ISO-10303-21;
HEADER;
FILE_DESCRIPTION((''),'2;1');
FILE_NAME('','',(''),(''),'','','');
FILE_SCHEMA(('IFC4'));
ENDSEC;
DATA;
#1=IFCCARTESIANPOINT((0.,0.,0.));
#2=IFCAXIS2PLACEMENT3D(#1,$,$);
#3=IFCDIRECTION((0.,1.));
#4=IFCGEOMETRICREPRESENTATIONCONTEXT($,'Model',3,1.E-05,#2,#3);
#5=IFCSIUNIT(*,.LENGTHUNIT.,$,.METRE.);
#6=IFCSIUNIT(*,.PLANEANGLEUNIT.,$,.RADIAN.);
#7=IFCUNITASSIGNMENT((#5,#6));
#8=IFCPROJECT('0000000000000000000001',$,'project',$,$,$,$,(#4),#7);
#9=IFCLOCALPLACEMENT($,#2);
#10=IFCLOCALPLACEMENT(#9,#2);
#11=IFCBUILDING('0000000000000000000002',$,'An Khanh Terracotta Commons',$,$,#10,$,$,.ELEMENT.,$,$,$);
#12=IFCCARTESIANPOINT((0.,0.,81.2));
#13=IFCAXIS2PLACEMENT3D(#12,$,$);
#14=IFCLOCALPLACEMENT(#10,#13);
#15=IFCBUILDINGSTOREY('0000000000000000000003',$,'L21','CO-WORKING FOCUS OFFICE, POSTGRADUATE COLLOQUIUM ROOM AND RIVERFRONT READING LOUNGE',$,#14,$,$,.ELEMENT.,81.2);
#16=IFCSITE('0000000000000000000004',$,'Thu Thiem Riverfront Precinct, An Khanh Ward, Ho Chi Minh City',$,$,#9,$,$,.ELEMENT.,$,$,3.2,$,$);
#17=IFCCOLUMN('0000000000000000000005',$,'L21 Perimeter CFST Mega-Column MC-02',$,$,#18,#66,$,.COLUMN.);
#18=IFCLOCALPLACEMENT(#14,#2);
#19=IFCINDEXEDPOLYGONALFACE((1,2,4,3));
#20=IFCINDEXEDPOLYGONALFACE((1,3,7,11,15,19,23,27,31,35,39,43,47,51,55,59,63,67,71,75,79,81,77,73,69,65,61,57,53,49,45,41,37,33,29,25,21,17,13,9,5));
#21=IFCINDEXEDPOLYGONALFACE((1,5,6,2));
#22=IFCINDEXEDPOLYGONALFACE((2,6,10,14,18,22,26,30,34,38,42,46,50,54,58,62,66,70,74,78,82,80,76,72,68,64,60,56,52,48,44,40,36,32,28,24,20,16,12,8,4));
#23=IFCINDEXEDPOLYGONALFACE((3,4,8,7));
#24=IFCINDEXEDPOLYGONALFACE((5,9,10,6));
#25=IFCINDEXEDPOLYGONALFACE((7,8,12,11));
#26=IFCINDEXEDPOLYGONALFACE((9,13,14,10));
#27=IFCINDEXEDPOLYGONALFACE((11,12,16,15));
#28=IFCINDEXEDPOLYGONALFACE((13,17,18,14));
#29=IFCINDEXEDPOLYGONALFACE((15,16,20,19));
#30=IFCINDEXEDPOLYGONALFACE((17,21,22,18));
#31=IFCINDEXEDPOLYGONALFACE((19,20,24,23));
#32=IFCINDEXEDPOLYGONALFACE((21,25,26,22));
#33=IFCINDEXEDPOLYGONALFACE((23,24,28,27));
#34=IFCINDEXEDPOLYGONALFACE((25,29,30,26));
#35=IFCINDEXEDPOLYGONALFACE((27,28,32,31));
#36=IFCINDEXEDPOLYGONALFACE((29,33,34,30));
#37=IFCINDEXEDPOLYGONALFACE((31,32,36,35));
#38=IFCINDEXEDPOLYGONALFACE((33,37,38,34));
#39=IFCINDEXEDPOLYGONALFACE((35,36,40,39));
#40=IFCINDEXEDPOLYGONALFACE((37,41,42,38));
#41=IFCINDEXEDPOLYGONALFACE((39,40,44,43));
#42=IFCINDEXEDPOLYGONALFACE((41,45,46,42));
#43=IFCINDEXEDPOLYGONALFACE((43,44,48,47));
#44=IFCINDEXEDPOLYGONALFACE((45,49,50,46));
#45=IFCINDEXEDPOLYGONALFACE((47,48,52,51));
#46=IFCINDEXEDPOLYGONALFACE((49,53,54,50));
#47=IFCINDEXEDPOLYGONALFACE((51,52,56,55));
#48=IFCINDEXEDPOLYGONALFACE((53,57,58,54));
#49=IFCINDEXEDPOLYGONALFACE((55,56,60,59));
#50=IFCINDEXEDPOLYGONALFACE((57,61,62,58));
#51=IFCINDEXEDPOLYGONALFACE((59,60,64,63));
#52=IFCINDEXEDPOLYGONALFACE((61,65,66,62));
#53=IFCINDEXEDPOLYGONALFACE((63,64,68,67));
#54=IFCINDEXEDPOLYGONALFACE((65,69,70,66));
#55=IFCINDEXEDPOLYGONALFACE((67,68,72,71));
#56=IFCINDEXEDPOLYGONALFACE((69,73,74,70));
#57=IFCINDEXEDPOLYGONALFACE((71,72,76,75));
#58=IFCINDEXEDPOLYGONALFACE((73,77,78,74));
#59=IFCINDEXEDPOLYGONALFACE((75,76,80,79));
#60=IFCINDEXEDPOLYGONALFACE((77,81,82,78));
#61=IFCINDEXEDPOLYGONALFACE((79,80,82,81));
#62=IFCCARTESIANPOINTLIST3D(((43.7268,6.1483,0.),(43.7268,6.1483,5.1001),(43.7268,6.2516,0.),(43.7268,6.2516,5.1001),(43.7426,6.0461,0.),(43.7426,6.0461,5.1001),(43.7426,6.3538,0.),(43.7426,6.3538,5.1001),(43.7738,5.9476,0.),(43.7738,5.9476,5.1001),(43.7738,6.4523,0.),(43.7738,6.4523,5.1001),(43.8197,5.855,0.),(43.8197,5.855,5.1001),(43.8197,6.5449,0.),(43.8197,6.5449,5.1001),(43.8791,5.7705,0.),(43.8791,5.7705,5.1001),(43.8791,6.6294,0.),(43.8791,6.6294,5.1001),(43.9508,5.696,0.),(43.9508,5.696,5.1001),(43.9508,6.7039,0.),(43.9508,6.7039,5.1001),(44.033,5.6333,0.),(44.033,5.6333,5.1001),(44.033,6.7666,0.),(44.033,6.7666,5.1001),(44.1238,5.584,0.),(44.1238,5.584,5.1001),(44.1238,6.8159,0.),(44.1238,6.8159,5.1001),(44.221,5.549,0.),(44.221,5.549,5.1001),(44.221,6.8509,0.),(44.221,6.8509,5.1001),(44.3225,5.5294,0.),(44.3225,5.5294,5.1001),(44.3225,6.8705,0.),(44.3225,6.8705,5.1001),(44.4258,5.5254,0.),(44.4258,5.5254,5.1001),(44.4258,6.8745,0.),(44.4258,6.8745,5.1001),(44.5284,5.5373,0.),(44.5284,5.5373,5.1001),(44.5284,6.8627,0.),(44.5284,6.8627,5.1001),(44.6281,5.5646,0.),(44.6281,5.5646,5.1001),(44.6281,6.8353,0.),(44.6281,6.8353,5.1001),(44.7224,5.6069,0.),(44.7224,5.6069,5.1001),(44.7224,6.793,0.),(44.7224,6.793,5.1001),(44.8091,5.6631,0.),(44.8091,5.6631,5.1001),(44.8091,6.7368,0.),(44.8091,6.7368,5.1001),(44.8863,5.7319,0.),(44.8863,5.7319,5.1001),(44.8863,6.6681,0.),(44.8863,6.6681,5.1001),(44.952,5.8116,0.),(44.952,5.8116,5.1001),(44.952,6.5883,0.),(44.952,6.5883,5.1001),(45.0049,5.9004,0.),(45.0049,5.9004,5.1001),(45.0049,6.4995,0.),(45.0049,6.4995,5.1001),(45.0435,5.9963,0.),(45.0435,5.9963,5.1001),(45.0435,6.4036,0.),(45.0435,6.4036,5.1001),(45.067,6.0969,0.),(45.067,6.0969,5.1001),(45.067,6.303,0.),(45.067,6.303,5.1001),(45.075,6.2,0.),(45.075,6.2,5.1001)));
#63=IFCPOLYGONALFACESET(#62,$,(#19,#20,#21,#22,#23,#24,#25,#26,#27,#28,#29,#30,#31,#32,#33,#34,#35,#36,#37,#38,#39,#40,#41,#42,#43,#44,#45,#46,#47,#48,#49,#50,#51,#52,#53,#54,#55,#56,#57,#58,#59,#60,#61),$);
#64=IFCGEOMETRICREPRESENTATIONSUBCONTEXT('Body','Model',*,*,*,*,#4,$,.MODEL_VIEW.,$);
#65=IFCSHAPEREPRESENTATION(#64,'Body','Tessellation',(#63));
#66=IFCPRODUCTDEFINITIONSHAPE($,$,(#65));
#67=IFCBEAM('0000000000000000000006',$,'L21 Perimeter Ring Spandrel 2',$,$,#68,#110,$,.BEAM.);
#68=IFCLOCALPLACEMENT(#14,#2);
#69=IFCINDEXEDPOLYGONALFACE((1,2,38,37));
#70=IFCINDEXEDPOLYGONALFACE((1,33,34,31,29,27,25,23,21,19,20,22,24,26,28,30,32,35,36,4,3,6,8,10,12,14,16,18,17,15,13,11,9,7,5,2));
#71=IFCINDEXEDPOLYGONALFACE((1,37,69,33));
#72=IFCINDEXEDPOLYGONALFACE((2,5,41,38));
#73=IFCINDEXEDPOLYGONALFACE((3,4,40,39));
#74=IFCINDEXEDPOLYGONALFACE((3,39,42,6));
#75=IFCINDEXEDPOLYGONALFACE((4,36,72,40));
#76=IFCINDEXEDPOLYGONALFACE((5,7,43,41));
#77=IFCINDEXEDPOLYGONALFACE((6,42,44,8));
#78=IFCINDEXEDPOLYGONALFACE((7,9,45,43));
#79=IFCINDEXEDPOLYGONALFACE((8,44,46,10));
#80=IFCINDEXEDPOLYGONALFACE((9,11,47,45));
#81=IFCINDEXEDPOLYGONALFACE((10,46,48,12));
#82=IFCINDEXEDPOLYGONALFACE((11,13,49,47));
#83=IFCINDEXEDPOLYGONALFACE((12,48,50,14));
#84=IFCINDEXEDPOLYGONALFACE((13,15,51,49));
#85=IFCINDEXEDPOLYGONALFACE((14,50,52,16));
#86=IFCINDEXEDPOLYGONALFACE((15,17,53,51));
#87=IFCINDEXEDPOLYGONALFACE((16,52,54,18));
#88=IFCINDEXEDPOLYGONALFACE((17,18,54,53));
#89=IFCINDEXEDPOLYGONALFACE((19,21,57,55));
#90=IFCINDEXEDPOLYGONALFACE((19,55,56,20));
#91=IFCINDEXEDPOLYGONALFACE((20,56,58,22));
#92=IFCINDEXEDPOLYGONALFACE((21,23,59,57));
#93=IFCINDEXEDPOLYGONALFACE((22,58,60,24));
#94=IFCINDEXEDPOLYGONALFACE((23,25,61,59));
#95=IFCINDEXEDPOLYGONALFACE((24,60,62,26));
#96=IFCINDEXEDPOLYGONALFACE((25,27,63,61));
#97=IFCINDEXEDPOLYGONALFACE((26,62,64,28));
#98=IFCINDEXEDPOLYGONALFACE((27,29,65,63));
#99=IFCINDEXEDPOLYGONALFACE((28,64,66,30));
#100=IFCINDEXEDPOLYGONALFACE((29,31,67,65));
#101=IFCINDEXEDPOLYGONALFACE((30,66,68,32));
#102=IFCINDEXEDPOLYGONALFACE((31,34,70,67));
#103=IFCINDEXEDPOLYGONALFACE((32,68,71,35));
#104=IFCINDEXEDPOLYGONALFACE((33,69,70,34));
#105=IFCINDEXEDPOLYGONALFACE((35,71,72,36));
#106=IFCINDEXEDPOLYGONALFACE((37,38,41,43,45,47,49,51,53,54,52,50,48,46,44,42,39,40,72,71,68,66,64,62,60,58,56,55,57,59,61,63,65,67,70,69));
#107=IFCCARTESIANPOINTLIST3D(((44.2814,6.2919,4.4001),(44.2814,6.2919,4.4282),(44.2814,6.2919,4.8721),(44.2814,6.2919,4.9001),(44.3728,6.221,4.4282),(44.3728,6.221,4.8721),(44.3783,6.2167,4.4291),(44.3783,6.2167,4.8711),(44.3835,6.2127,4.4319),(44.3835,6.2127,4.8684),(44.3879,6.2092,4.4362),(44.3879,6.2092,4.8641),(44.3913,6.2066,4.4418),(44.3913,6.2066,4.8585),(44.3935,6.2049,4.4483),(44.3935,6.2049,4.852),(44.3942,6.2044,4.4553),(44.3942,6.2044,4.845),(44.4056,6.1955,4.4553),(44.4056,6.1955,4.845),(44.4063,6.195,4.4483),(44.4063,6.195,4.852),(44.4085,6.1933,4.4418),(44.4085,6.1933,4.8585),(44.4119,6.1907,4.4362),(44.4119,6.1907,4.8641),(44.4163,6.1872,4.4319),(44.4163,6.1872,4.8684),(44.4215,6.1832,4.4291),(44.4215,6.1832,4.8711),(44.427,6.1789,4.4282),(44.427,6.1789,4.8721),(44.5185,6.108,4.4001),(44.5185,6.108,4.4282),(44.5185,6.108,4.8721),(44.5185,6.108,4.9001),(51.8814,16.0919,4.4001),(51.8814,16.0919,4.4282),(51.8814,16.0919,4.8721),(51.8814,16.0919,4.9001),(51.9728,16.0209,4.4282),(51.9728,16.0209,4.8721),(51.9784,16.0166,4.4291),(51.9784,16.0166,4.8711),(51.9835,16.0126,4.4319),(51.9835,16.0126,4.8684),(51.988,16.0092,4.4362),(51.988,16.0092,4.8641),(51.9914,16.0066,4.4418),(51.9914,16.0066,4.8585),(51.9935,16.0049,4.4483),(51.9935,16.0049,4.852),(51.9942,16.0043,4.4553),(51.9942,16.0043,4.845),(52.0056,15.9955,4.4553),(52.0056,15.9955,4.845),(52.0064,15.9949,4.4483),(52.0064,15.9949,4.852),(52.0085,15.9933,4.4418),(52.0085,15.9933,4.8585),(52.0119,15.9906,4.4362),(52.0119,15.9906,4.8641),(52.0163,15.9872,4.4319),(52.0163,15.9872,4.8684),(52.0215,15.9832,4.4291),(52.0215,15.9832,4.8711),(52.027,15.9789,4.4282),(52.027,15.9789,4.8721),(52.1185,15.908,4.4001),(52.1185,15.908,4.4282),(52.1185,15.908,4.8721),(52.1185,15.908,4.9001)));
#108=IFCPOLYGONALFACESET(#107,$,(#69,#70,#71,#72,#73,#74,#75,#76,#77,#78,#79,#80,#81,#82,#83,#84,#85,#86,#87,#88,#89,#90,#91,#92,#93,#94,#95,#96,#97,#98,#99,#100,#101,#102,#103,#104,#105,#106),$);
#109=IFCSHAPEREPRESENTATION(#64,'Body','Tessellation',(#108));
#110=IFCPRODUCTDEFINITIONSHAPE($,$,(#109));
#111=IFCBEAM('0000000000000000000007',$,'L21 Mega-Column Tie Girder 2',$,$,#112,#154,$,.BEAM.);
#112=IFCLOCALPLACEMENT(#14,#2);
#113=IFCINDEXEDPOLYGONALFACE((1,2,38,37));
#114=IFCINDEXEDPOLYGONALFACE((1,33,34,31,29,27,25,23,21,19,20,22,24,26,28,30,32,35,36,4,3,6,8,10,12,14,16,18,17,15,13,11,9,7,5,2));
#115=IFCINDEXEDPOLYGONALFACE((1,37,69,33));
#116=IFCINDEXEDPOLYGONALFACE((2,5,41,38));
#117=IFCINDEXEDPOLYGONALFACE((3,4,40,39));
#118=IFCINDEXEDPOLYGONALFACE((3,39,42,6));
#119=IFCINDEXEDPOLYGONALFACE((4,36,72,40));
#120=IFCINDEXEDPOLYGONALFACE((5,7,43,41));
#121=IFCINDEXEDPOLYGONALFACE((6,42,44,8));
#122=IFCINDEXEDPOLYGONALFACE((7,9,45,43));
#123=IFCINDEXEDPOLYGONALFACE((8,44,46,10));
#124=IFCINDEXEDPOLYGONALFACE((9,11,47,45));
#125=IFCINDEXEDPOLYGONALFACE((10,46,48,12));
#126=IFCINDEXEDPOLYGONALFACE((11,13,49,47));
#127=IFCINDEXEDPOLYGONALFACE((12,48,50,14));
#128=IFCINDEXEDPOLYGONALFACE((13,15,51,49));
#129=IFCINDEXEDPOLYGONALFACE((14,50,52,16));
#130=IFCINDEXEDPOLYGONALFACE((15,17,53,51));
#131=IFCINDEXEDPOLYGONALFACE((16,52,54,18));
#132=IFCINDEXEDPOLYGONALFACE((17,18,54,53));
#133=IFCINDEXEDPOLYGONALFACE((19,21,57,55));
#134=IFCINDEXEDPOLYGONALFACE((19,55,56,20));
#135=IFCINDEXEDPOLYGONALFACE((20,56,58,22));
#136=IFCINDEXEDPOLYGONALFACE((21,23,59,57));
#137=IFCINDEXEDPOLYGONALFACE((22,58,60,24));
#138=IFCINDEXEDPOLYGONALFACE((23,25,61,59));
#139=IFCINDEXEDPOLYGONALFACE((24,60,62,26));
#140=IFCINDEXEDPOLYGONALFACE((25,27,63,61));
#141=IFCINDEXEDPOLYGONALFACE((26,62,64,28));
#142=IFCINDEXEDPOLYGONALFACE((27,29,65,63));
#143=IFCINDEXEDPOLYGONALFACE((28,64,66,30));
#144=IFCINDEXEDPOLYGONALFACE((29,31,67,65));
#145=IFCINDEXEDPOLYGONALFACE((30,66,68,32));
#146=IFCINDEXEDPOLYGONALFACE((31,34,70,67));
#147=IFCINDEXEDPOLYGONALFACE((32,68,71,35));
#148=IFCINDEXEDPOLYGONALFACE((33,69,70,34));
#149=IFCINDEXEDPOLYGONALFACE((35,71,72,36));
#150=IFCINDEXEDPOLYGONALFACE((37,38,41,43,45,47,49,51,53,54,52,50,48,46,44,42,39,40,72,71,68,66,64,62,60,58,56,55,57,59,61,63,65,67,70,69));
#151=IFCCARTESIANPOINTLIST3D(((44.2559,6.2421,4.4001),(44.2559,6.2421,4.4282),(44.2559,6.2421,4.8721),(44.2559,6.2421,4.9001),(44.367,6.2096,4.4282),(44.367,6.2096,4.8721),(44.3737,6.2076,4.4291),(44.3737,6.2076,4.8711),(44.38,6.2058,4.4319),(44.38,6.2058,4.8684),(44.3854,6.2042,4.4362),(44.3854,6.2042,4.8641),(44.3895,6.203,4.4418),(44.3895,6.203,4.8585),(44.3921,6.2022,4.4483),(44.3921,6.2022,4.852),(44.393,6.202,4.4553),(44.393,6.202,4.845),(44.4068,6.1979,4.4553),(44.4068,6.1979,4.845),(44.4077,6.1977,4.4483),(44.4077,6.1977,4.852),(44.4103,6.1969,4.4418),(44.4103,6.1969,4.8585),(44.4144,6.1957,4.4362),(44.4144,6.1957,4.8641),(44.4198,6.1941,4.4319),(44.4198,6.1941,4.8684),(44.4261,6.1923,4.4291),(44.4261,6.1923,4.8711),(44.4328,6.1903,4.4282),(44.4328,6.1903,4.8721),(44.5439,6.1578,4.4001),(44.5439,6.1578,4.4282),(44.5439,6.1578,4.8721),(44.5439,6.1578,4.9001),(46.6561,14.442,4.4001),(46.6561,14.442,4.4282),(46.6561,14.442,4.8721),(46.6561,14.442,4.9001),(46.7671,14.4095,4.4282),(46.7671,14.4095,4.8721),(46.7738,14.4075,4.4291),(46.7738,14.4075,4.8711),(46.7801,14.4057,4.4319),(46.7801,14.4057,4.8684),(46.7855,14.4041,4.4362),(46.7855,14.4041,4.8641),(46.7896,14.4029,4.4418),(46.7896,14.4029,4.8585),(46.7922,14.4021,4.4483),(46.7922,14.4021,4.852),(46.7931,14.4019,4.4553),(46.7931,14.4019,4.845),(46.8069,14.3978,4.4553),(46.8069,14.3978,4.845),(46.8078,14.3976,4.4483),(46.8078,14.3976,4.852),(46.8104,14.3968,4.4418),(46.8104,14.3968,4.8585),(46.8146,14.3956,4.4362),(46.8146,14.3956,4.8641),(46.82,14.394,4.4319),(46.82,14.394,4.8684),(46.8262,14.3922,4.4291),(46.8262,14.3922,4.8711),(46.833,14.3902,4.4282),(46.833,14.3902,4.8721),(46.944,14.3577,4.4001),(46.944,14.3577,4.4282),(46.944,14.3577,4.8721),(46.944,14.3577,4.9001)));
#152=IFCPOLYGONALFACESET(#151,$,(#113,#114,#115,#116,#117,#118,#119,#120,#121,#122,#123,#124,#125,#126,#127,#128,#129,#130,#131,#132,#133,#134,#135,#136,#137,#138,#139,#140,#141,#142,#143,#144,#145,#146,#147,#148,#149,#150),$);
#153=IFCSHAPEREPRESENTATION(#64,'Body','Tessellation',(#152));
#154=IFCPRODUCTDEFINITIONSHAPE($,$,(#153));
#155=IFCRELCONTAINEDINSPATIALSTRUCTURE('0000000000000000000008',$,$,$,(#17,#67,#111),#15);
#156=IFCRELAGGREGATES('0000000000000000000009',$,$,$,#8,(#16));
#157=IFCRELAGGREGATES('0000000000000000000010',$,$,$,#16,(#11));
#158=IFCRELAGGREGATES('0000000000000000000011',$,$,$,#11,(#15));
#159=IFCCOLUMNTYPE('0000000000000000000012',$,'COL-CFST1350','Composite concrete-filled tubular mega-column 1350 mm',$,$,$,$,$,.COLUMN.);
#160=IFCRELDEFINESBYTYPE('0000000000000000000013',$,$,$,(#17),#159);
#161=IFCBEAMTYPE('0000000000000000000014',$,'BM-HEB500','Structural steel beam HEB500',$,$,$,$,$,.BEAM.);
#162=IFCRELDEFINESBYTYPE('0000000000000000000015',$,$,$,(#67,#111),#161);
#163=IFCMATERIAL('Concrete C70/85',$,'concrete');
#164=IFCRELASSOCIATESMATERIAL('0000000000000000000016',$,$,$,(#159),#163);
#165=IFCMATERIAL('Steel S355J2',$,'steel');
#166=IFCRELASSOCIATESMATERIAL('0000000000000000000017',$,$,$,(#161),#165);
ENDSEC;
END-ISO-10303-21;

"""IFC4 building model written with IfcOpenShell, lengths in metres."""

from ifc_helpers import new_model, si_unit, direction, frame, origin, origin_2d, place, context, subcontext, project, spatial, circle, i_section, extrude, material, material_profile, profile_set, type_object, element, save


model = new_model("IFC4")

# Units and contexts
model_context = context("Model", 3, precision=1e-05, world=origin(), true_north=direction((0.0, 1.0)))
body_context = subcontext(model_context, "Body", "Model", "MODEL_VIEW")
ifc_project = project(units=[si_unit("LENGTHUNIT", "METRE"), si_unit("PLANEANGLEUNIT", "RADIAN")], contexts=[model_context])

# Site, building, storey
site_placement = place(None, origin())
site = spatial("IfcSite", under=ifc_project, at=site_placement, Name="Thu Thiem Riverfront Precinct, An Khanh Ward, Ho Chi Minh City", CompositionType="ELEMENT", RefElevation=3.2)
building_placement = place(site_placement, origin())
building = spatial("IfcBuilding", under=site, at=building_placement, Name="An Khanh Terracotta Commons", CompositionType="ELEMENT")
storey_placement = place(building_placement, frame((0.0, 0.0, 81.2)))
storey = spatial("IfcBuildingStorey", under=building, at=storey_placement, Name="L21", Description="CO-WORKING FOCUS OFFICE, POSTGRADUATE COLLOQUIUM ROOM AND RIVERFRONT READING LOUNGE", CompositionType="ELEMENT", Elevation=81.2)

# Column
ifc_material_1 = material(Name="Concrete C70/85", Category="concrete")
ifc_material_profile_1 = material_profile(ifc_material_1, circle(Radius=0.675, at=origin_2d()), Name="CFST1350")
ifc_profile_set_1 = profile_set([ifc_material_profile_1], Name="Concrete C70/85")
column_type = type_object("IfcColumnType", Name="COL-CFST1350", Description="Composite concrete-filled tubular mega-column 1350 mm", PredefinedType="COLUMN", material=ifc_profile_set_1)
column_placement = place(storey_placement, frame((44.3999, 6.2, 0.0), z_axis=(0.0, 0.0, 1.0), x_axis=(1.0, 0.0, 0.0)))
element("IfcColumn", 1, at=column_placement, inside=storey, type_object=column_type, Name="L21 Perimeter CFST Mega-Column MC-02", PredefinedType="COLUMN", context=body_context, shape_type="SweptSolid", body=[
    extrude(circle(Radius=0.675, at=origin_2d()), origin(), (0.0, 0.0, 1.0), 5.1001),
])

# Beams
ifc_material_2 = material(Name="Steel S355J2", Category="steel")
ifc_material_profile_2 = material_profile(ifc_material_2, i_section(OverallWidth=0.3, OverallDepth=0.5, WebThickness=0.0144, FlangeThickness=0.0281, FilletRadius=0.0271, at=origin_2d()), Name="HEB500")
ifc_profile_set_2 = profile_set([ifc_material_profile_2], Name="Steel S355J2")
beam_type = type_object("IfcBeamType", Name="BM-HEB500", Description="Structural steel beam HEB500", PredefinedType="BEAM", material=ifc_profile_set_2)
beam_1_placement = place(storey_placement, frame((44.3999, 6.2, 4.6501), z_axis=(0.612827, 0.790217, 0.0), x_axis=(-0.790217, 0.612827, 0.0)))
element("IfcBeam", 2, at=beam_1_placement, inside=storey, type_object=beam_type, Name="L21 Perimeter Ring Spandrel 2", PredefinedType="BEAM", context=body_context, shape_type="SweptSolid", body=[
    extrude(i_section(OverallWidth=0.3, OverallDepth=0.5, WebThickness=0.0144, FlangeThickness=0.0281, FilletRadius=0.0271, at=origin_2d()), origin(), (0.0, 0.0, 1.0), 12.4016),
])
beam_2_placement = place(storey_placement, frame((44.3999, 6.2, 4.6501), z_axis=(0.280916, 0.959732, 0.0), x_axis=(-0.959732, 0.280916, 0.0)))
element("IfcBeam", 3, at=beam_2_placement, inside=storey, type_object=beam_type, Name="L21 Mega-Column Tie Girder 2", PredefinedType="BEAM", context=body_context, shape_type="SweptSolid", body=[
    extrude(i_section(OverallWidth=0.3, OverallDepth=0.5, WebThickness=0.0144, FlangeThickness=0.0281, FilletRadius=0.0271, at=origin_2d()), origin(), (0.0, 0.0, 1.0), 8.5439),
])

save(model, "model.ifc")
